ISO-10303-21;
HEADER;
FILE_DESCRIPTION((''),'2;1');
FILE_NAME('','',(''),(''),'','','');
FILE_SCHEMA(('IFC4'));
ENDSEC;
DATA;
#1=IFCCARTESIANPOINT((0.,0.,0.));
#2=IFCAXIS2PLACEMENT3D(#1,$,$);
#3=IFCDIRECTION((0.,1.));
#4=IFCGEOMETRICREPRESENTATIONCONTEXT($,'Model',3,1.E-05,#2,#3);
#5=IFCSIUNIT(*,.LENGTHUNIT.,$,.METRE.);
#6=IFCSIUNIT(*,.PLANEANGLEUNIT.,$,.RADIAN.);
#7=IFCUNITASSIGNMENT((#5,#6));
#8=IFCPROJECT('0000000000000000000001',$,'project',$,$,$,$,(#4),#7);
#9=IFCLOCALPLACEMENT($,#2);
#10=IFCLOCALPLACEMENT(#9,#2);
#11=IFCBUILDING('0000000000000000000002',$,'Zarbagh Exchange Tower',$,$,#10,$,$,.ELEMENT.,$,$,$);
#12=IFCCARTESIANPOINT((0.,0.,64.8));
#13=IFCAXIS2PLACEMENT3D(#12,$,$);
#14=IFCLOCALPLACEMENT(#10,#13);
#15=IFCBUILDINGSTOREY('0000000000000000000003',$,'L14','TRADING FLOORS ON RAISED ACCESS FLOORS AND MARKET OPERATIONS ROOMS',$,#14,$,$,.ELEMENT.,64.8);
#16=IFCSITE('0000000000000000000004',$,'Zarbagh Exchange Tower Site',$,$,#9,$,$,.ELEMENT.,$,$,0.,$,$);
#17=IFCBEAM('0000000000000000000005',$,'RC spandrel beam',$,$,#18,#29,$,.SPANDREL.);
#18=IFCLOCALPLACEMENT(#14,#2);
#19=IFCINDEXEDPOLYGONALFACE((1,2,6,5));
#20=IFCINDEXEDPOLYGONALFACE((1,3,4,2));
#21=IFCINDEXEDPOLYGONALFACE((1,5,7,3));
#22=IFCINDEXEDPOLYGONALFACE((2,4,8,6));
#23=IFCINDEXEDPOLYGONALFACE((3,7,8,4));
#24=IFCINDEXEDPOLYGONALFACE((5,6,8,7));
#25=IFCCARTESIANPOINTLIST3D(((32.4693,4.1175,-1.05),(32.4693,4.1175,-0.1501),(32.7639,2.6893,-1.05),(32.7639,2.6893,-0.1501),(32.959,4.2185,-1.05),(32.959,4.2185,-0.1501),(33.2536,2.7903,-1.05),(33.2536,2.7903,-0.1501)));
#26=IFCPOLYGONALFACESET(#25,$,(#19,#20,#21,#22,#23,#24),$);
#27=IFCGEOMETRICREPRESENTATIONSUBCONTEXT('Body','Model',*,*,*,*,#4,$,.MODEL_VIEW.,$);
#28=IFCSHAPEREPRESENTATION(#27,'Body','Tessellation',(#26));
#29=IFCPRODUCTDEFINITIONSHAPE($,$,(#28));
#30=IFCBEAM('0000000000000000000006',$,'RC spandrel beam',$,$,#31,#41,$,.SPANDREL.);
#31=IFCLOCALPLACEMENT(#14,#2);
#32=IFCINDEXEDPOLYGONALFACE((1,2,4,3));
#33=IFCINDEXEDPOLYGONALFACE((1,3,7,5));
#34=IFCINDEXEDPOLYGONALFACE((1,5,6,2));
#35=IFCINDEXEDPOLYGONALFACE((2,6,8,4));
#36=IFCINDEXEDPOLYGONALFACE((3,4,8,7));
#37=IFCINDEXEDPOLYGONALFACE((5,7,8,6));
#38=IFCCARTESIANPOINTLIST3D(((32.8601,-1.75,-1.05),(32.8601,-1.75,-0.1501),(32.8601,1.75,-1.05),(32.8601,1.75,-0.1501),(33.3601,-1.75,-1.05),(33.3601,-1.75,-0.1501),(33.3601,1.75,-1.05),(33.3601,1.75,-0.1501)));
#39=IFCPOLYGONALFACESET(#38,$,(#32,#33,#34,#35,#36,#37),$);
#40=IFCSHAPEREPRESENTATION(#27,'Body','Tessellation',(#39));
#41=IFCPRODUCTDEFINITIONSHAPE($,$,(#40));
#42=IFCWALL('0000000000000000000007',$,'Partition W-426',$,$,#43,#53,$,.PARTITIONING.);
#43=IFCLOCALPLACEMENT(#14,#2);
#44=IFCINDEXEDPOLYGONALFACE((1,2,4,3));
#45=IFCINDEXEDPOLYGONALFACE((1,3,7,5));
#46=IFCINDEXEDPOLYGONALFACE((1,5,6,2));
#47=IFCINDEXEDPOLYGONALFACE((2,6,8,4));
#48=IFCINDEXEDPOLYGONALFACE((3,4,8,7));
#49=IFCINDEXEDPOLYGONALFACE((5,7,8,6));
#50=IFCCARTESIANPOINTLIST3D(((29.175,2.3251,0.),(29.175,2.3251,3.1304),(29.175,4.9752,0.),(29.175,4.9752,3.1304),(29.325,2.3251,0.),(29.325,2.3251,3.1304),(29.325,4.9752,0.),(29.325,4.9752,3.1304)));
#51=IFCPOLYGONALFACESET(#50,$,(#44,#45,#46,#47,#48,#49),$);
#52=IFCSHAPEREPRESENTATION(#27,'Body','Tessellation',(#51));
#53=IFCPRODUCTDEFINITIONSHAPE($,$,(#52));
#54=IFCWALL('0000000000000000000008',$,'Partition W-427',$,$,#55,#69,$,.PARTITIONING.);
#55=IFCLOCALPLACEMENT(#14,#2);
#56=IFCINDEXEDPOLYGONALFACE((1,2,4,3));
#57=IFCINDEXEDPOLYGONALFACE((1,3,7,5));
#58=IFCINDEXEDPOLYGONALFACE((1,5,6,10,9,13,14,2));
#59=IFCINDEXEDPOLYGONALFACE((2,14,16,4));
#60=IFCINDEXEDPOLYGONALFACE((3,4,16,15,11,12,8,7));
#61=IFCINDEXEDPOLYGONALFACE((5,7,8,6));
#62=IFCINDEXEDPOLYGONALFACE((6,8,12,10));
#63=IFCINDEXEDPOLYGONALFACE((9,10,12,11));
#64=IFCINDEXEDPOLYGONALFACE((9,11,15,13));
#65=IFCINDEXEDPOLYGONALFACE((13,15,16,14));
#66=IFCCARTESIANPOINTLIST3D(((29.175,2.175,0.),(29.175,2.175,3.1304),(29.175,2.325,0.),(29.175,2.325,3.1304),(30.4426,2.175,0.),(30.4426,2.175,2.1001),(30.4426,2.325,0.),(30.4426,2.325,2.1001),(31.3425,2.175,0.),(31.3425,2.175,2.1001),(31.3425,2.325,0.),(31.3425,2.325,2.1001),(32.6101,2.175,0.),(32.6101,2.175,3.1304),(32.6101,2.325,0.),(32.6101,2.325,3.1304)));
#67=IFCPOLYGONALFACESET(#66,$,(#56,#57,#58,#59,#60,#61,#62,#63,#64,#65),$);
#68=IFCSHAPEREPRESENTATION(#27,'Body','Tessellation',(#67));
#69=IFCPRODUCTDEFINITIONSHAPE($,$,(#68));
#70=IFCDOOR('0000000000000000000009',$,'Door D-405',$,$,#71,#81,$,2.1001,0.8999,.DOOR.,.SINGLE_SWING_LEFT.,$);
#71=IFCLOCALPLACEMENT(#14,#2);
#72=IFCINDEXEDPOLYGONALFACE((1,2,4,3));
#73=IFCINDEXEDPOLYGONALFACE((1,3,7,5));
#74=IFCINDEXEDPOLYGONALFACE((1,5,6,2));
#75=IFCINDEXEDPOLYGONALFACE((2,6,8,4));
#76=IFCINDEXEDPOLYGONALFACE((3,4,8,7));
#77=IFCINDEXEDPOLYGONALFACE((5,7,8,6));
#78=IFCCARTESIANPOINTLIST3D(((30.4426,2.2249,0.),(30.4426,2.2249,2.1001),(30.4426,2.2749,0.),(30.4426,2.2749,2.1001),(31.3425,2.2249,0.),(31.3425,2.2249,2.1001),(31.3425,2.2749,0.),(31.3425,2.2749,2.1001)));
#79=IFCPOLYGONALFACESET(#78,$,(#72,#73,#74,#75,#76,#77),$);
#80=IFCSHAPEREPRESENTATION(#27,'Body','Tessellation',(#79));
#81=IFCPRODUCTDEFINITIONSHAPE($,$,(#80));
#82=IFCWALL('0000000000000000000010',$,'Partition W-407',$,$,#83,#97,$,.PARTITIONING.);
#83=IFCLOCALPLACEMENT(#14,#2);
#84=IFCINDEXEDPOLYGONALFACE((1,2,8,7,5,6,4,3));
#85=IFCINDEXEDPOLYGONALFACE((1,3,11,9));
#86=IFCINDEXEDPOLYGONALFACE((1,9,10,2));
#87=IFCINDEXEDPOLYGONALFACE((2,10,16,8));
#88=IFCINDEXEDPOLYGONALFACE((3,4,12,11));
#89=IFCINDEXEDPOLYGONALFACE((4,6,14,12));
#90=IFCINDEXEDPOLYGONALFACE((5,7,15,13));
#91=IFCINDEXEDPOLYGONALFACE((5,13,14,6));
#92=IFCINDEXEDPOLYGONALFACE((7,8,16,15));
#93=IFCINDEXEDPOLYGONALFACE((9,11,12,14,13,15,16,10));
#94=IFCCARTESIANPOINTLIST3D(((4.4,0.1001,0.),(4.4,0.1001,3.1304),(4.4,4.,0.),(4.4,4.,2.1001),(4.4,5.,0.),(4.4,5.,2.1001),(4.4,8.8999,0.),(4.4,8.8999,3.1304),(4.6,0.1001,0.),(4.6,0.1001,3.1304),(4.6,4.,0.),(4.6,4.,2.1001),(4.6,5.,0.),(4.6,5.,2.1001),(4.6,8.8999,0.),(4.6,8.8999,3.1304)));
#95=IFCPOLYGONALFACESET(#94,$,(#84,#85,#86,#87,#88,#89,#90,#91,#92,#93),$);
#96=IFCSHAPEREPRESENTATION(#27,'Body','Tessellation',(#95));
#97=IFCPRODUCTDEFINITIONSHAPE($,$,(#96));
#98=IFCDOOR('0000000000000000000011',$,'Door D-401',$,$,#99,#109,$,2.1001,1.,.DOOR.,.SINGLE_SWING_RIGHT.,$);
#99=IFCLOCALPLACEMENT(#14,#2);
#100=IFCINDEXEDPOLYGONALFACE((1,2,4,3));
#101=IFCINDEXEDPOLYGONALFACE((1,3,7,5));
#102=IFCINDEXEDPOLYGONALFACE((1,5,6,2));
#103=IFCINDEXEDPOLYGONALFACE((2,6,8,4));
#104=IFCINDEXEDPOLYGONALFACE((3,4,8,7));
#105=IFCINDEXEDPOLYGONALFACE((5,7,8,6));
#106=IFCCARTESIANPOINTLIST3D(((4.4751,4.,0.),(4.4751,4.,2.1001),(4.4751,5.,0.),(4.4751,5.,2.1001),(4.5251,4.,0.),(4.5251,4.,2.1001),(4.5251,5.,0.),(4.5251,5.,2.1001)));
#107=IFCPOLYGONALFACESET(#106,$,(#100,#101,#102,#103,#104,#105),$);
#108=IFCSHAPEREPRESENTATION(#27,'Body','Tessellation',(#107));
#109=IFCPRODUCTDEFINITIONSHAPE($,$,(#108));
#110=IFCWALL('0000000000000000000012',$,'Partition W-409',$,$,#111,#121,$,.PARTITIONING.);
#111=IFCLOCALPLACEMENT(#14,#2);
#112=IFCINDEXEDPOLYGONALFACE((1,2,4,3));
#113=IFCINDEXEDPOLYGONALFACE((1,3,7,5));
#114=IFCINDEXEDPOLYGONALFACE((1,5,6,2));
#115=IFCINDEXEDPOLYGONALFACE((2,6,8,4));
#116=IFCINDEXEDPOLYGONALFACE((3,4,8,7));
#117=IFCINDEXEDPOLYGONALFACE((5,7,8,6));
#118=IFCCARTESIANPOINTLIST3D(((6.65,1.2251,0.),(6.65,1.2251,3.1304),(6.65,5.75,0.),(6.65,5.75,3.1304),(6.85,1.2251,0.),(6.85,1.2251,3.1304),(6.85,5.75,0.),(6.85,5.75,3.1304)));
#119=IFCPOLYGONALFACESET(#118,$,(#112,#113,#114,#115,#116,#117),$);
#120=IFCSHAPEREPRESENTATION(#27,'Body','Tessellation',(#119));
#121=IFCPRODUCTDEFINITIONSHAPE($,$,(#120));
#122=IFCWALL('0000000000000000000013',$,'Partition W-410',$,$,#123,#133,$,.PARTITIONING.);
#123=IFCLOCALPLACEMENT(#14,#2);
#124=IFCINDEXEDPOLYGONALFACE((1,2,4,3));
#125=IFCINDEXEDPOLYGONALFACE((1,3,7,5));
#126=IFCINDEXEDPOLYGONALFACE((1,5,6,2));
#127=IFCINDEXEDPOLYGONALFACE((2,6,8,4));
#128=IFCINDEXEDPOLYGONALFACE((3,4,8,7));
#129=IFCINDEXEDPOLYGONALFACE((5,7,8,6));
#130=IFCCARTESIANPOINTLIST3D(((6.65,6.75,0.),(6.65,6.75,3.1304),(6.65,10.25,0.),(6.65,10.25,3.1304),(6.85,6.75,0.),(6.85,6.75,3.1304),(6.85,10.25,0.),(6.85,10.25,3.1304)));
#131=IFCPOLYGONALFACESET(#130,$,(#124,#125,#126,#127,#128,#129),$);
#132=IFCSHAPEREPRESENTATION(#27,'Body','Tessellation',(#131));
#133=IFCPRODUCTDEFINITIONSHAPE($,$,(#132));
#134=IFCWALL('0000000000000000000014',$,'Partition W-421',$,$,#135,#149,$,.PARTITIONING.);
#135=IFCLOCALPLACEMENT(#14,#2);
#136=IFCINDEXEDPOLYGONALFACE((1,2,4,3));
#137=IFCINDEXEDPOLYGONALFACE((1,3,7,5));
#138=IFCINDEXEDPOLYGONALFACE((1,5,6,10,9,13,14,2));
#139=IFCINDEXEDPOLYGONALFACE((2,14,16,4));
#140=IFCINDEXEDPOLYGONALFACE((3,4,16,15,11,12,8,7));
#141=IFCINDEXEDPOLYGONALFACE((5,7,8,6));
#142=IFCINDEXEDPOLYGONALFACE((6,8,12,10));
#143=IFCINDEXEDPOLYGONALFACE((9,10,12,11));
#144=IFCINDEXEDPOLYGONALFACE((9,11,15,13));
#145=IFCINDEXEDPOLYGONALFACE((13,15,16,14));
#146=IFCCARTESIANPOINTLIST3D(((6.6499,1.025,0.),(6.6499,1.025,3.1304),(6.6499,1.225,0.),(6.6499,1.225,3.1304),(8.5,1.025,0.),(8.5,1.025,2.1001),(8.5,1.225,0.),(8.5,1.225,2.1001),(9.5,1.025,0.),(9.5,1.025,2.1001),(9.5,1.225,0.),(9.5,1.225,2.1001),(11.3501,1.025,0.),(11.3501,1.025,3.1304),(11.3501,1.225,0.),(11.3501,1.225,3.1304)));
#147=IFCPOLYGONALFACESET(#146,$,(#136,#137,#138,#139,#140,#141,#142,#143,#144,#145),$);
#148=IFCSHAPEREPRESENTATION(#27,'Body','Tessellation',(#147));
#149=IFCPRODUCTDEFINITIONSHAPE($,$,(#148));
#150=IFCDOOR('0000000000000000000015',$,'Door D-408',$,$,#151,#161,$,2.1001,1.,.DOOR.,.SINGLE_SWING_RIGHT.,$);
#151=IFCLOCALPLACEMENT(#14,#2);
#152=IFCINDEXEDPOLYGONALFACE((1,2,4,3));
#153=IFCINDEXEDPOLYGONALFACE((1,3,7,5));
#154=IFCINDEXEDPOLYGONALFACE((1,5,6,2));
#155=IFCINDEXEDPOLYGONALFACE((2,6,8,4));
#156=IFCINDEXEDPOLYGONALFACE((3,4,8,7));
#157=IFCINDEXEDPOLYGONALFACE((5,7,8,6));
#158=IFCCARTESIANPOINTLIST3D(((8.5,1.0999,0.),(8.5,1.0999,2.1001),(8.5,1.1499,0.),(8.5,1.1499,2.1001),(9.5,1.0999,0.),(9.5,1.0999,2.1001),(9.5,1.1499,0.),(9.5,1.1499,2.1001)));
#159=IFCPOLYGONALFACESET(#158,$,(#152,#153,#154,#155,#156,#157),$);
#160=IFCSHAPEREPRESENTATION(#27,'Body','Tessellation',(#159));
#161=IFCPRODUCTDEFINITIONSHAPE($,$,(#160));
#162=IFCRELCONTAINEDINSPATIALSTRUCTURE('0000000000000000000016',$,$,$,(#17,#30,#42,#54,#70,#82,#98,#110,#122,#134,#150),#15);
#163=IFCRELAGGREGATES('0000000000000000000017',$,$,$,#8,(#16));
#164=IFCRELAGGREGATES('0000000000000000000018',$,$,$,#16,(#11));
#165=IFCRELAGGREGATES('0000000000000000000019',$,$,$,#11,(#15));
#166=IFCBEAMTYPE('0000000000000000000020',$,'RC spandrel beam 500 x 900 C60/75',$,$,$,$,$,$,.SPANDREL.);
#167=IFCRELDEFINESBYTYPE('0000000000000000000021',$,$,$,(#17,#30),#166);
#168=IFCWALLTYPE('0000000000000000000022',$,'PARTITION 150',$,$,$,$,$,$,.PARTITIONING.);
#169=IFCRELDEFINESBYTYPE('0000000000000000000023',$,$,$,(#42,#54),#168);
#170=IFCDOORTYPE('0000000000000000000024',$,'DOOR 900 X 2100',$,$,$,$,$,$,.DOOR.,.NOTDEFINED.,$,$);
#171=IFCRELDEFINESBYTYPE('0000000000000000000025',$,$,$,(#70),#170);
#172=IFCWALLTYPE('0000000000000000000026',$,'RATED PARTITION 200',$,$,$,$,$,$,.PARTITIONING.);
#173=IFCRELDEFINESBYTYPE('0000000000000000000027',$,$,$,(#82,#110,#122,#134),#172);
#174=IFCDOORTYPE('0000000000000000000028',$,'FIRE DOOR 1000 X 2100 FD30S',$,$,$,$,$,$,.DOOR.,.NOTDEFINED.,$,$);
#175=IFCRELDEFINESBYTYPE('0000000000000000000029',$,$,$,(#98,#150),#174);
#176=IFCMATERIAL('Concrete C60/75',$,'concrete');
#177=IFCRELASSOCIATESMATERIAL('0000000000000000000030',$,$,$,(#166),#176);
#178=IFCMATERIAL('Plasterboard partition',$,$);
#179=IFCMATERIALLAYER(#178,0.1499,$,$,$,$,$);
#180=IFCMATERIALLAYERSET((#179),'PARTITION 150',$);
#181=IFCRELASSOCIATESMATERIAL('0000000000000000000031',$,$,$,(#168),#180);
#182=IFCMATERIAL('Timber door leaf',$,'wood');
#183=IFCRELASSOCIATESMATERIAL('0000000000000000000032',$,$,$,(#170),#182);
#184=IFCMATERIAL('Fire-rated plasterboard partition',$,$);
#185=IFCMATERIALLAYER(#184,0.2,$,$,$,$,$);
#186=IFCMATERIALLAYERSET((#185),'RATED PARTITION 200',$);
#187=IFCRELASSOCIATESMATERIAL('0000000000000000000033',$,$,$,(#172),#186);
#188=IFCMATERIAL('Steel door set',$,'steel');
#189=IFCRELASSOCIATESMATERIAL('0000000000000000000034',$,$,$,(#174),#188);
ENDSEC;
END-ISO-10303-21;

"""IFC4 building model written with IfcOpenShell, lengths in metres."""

from ifc_helpers import new_model, si_unit, direction, frame, frame_2d, origin, origin_2d, place, context, subcontext, project, spatial, rectangle, extrude, material, layer, layer_set, material_profile, profile_set, type_object, element, fill, save


model = new_model("IFC4")

# Units and contexts
model_context = context("Model", 3, precision=1e-05, world=origin(), true_north=direction((0.0, 1.0)))
body_context = subcontext(model_context, "Body", "Model", "MODEL_VIEW")
ifc_project = project(units=[si_unit("LENGTHUNIT", "METRE"), si_unit("PLANEANGLEUNIT", "RADIAN")], contexts=[model_context])

# Site, building, storey
site_placement = place(None, origin())
site = spatial("IfcSite", under=ifc_project, at=site_placement, Name="Zarbagh Exchange Tower Site", CompositionType="ELEMENT", RefElevation=0.0)
building_placement = place(site_placement, origin())
building = spatial("IfcBuilding", under=site, at=building_placement, Name="Zarbagh Exchange Tower", CompositionType="ELEMENT")
storey_placement = place(building_placement, frame((0.0, 0.0, 64.8)))
storey = spatial("IfcBuildingStorey", under=building, at=storey_placement, Name="L14", Description="TRADING FLOORS ON RAISED ACCESS FLOORS AND MARKET OPERATIONS ROOMS", CompositionType="ELEMENT", Elevation=64.8)

# Shared definitions
ifc_material_1 = material(Name="Concrete C60/75", Category="concrete")

# Beams
ifc_material_profile_1 = material_profile(ifc_material_1, rectangle(XDim=0.5, YDim=0.8999, at=origin_2d()), Name="RC spandrel beam 500 x 900 C60/75")
ifc_profile_set_1 = profile_set([ifc_material_profile_1], Name="Concrete C60/75")
beam_type_1 = type_object("IfcBeamType", Name="RC spandrel beam 500 x 900 C60/75", PredefinedType="SPANDREL", material=ifc_profile_set_1)
beam_1_placement = place(storey_placement, frame((32.7141, 4.168, -0.6001), z_axis=(0.202069, -0.979371, 0.0), x_axis=(0.979371, 0.202069, 0.0)))
element("IfcBeam", 1, at=beam_1_placement, inside=storey, type_object=beam_type_1, Name="RC spandrel beam", PredefinedType="SPANDREL", context=body_context, shape_type="SweptSolid", body=[
    extrude(rectangle(XDim=0.5, YDim=0.8999, at=origin_2d()), origin(), (0.0, 0.0, 1.0), 1.4583),
])
beam_2_placement = place(storey_placement, frame((33.1101, 1.75, -0.6001), z_axis=(0.0, -1.0, 0.0), x_axis=(1.0, 0.0, 0.0)))
element("IfcBeam", 2, at=beam_2_placement, inside=storey, type_object=beam_type_1, Name="RC spandrel beam", PredefinedType="SPANDREL", context=body_context, shape_type="SweptSolid", body=[
    extrude(rectangle(XDim=0.5, YDim=0.8999, at=origin_2d()), origin(), (0.0, 0.0, 1.0), 3.5),
])

# Wall
ifc_material_2 = material(Name="Plasterboard partition")
ifc_layer_1 = layer(ifc_material_2, 0.1499)
ifc_layer_set_1 = layer_set([ifc_layer_1], Name="PARTITION 150")
wall_type_1 = type_object("IfcWallType", Name="PARTITION 150", PredefinedType="PARTITIONING", material=ifc_layer_set_1)
wall_1_placement = place(storey_placement, frame((29.25, 2.325, 0.0), z_axis=(0.0, 0.0, 1.0), x_axis=(0.0, 1.0, 0.0)))
element("IfcWall", 3, at=wall_1_placement, inside=storey, type_object=wall_type_1, Name="Partition W-426", PredefinedType="PARTITIONING", context=body_context, shape_type="SweptSolid", body=[
    extrude(rectangle(XDim=2.6501, YDim=0.1499, at=frame_2d((1.3252, 0.0))), origin(), (0.0, 0.0, 1.0), 3.1304),
])

# Walls, openings, doors
wall_2_placement = place(storey_placement, frame((29.175, 2.25, 0.0), z_axis=(0.0, 0.0, 1.0), x_axis=(1.0, 0.0, 0.0)))
wall_2 = element("IfcWall", 4, at=wall_2_placement, inside=storey, type_object=wall_type_1, Name="Partition W-427", PredefinedType="PARTITIONING", context=body_context, shape_type="SweptSolid", body=[
    extrude(rectangle(XDim=3.4351, YDim=0.1499, at=frame_2d((1.7175, 0.0))), origin(), (0.0, 0.0, 1.0), 3.1304),
])
opening_1_placement = place(wall_2_placement, frame((1.2676, 0.0, 0.0)))
opening_1 = element("IfcOpeningElement", 5, at=opening_1_placement, cuts=wall_2, PredefinedType="OPENING", context=body_context, shape_type="SweptSolid", body=[
    extrude(rectangle(XDim=0.8999, YDim=2.1001, at=frame_2d((0.45, 1.05))), frame((0.0, 0.085, 0.0), z_axis=(0.0, -1.0, 0.0), x_axis=(1.0, 0.0, 0.0)), (0.0, 0.0, 1.0), 0.1699),
])
ifc_material_3 = material(Name="Timber door leaf", Category="wood")
door_type_1 = type_object("IfcDoorType", Name="DOOR 900 X 2100", OperationType="NOTDEFINED", PredefinedType="DOOR", material=ifc_material_3)
door_1_placement = place(opening_1_placement, origin())
door_1 = element("IfcDoor", 6, at=door_1_placement, inside=storey, type_object=door_type_1, Name="Door D-405", OperationType="SINGLE_SWING_LEFT", OverallHeight=2.1001, OverallWidth=0.8999, PredefinedType="DOOR", context=body_context, shape_type="SweptSolid", body=[
    extrude(rectangle(XDim=0.8999, YDim=2.1001, at=frame_2d((0.45, 1.05))), frame((0.0, 0.0249, 0.0), z_axis=(0.0, -1.0, 0.0), x_axis=(1.0, 0.0, 0.0)), (0.0, 0.0, 1.0), 0.05),
])
fill(opening_1, door_1)
ifc_material_4 = material(Name="Fire-rated plasterboard partition")
ifc_layer_2 = layer(ifc_material_4, 0.2)
ifc_layer_set_2 = layer_set([ifc_layer_2], Name="RATED PARTITION 200")
wall_type_2 = type_object("IfcWallType", Name="RATED PARTITION 200", PredefinedType="PARTITIONING", material=ifc_layer_set_2)
wall_3_placement = place(storey_placement, frame((4.5, 0.1001, 0.0), z_axis=(0.0, 0.0, 1.0), x_axis=(0.0, 1.0, 0.0)))
wall_3 = element("IfcWall", 7, at=wall_3_placement, inside=storey, type_object=wall_type_2, Name="Partition W-407", PredefinedType="PARTITIONING", context=body_context, shape_type="SweptSolid", body=[
    extrude(rectangle(XDim=8.7998, YDim=0.2, at=frame_2d((4.3999, 0.0))), origin(), (0.0, 0.0, 1.0), 3.1304),
])
opening_2_placement = place(wall_3_placement, frame((3.8999, 0.0, 0.0)))
opening_2 = element("IfcOpeningElement", 8, at=opening_2_placement, cuts=wall_3, PredefinedType="OPENING", context=body_context, shape_type="SweptSolid", body=[
    extrude(rectangle(XDim=1.0, YDim=2.1001, at=frame_2d((0.5, 1.05))), frame((0.0, 0.1099, 0.0), z_axis=(0.0, -1.0, 0.0), x_axis=(1.0, 0.0, 0.0)), (0.0, 0.0, 1.0), 0.22),
])
ifc_material_5 = material(Name="Steel door set", Category="steel")
door_type_2 = type_object("IfcDoorType", Name="FIRE DOOR 1000 X 2100 FD30S", OperationType="NOTDEFINED", PredefinedType="DOOR", material=ifc_material_5)
door_2_placement = place(opening_2_placement, origin())
door_2 = element("IfcDoor", 9, at=door_2_placement, inside=storey, type_object=door_type_2, Name="Door D-401", OperationType="SINGLE_SWING_RIGHT", OverallHeight=2.1001, OverallWidth=1.0, PredefinedType="DOOR", context=body_context, shape_type="SweptSolid", body=[
    extrude(rectangle(XDim=1.0, YDim=2.1001, at=frame_2d((0.5, 1.05))), frame((0.0, 0.0249, 0.0), z_axis=(0.0, -1.0, 0.0), x_axis=(1.0, 0.0, 0.0)), (0.0, 0.0, 1.0), 0.05),
])
fill(opening_2, door_2)

# Walls
wall_4_placement = place(storey_placement, frame((6.75, 1.2251, 0.0), z_axis=(0.0, 0.0, 1.0), x_axis=(0.0, 1.0, 0.0)))
element("IfcWall", 10, at=wall_4_placement, inside=storey, type_object=wall_type_2, Name="Partition W-409", PredefinedType="PARTITIONING", context=body_context, shape_type="SweptSolid", body=[
    extrude(rectangle(XDim=4.5249, YDim=0.2, at=frame_2d((2.2625, 0.0))), origin(), (0.0, 0.0, 1.0), 3.1304),
])
wall_5_placement = place(storey_placement, frame((6.75, 6.75, 0.0), z_axis=(0.0, 0.0, 1.0), x_axis=(0.0, 1.0, 0.0)))
element("IfcWall", 11, at=wall_5_placement, inside=storey, type_object=wall_type_2, Name="Partition W-410", PredefinedType="PARTITIONING", context=body_context, shape_type="SweptSolid", body=[
    extrude(rectangle(XDim=3.5, YDim=0.2, at=frame_2d((1.75, 0.0))), origin(), (0.0, 0.0, 1.0), 3.1304),
])

# Wall, opening, door
wall_6_placement = place(storey_placement, frame((6.6499, 1.125, 0.0), z_axis=(0.0, 0.0, 1.0), x_axis=(1.0, 0.0, 0.0)))
wall_6 = element("IfcWall", 12, at=wall_6_placement, inside=storey, type_object=wall_type_2, Name="Partition W-421", PredefinedType="PARTITIONING", context=body_context, shape_type="SweptSolid", body=[
    extrude(rectangle(XDim=4.7002, YDim=0.2, at=frame_2d((2.3501, 0.0))), origin(), (0.0, 0.0, 1.0), 3.1304),
])
opening_3_placement = place(wall_6_placement, frame((1.8501, 0.0, 0.0)))
opening_3 = element("IfcOpeningElement", 13, at=opening_3_placement, cuts=wall_6, PredefinedType="OPENING", context=body_context, shape_type="SweptSolid", body=[
    extrude(rectangle(XDim=1.0, YDim=2.1001, at=frame_2d((0.5, 1.05))), frame((0.0, 0.1099, 0.0), z_axis=(0.0, -1.0, 0.0), x_axis=(1.0, 0.0, 0.0)), (0.0, 0.0, 1.0), 0.22),
])
door_3_placement = place(opening_3_placement, origin())
door_3 = element("IfcDoor", 14, at=door_3_placement, inside=storey, type_object=door_type_2, Name="Door D-408", OperationType="SINGLE_SWING_RIGHT", OverallHeight=2.1001, OverallWidth=1.0, PredefinedType="DOOR", context=body_context, shape_type="SweptSolid", body=[
    extrude(rectangle(XDim=1.0, YDim=2.1001, at=frame_2d((0.5, 1.05))), frame((0.0, 0.0249, 0.0), z_axis=(0.0, -1.0, 0.0), x_axis=(1.0, 0.0, 0.0)), (0.0, 0.0, 1.0), 0.05),
])
fill(opening_3, door_3)

save(model, "model.ifc")
